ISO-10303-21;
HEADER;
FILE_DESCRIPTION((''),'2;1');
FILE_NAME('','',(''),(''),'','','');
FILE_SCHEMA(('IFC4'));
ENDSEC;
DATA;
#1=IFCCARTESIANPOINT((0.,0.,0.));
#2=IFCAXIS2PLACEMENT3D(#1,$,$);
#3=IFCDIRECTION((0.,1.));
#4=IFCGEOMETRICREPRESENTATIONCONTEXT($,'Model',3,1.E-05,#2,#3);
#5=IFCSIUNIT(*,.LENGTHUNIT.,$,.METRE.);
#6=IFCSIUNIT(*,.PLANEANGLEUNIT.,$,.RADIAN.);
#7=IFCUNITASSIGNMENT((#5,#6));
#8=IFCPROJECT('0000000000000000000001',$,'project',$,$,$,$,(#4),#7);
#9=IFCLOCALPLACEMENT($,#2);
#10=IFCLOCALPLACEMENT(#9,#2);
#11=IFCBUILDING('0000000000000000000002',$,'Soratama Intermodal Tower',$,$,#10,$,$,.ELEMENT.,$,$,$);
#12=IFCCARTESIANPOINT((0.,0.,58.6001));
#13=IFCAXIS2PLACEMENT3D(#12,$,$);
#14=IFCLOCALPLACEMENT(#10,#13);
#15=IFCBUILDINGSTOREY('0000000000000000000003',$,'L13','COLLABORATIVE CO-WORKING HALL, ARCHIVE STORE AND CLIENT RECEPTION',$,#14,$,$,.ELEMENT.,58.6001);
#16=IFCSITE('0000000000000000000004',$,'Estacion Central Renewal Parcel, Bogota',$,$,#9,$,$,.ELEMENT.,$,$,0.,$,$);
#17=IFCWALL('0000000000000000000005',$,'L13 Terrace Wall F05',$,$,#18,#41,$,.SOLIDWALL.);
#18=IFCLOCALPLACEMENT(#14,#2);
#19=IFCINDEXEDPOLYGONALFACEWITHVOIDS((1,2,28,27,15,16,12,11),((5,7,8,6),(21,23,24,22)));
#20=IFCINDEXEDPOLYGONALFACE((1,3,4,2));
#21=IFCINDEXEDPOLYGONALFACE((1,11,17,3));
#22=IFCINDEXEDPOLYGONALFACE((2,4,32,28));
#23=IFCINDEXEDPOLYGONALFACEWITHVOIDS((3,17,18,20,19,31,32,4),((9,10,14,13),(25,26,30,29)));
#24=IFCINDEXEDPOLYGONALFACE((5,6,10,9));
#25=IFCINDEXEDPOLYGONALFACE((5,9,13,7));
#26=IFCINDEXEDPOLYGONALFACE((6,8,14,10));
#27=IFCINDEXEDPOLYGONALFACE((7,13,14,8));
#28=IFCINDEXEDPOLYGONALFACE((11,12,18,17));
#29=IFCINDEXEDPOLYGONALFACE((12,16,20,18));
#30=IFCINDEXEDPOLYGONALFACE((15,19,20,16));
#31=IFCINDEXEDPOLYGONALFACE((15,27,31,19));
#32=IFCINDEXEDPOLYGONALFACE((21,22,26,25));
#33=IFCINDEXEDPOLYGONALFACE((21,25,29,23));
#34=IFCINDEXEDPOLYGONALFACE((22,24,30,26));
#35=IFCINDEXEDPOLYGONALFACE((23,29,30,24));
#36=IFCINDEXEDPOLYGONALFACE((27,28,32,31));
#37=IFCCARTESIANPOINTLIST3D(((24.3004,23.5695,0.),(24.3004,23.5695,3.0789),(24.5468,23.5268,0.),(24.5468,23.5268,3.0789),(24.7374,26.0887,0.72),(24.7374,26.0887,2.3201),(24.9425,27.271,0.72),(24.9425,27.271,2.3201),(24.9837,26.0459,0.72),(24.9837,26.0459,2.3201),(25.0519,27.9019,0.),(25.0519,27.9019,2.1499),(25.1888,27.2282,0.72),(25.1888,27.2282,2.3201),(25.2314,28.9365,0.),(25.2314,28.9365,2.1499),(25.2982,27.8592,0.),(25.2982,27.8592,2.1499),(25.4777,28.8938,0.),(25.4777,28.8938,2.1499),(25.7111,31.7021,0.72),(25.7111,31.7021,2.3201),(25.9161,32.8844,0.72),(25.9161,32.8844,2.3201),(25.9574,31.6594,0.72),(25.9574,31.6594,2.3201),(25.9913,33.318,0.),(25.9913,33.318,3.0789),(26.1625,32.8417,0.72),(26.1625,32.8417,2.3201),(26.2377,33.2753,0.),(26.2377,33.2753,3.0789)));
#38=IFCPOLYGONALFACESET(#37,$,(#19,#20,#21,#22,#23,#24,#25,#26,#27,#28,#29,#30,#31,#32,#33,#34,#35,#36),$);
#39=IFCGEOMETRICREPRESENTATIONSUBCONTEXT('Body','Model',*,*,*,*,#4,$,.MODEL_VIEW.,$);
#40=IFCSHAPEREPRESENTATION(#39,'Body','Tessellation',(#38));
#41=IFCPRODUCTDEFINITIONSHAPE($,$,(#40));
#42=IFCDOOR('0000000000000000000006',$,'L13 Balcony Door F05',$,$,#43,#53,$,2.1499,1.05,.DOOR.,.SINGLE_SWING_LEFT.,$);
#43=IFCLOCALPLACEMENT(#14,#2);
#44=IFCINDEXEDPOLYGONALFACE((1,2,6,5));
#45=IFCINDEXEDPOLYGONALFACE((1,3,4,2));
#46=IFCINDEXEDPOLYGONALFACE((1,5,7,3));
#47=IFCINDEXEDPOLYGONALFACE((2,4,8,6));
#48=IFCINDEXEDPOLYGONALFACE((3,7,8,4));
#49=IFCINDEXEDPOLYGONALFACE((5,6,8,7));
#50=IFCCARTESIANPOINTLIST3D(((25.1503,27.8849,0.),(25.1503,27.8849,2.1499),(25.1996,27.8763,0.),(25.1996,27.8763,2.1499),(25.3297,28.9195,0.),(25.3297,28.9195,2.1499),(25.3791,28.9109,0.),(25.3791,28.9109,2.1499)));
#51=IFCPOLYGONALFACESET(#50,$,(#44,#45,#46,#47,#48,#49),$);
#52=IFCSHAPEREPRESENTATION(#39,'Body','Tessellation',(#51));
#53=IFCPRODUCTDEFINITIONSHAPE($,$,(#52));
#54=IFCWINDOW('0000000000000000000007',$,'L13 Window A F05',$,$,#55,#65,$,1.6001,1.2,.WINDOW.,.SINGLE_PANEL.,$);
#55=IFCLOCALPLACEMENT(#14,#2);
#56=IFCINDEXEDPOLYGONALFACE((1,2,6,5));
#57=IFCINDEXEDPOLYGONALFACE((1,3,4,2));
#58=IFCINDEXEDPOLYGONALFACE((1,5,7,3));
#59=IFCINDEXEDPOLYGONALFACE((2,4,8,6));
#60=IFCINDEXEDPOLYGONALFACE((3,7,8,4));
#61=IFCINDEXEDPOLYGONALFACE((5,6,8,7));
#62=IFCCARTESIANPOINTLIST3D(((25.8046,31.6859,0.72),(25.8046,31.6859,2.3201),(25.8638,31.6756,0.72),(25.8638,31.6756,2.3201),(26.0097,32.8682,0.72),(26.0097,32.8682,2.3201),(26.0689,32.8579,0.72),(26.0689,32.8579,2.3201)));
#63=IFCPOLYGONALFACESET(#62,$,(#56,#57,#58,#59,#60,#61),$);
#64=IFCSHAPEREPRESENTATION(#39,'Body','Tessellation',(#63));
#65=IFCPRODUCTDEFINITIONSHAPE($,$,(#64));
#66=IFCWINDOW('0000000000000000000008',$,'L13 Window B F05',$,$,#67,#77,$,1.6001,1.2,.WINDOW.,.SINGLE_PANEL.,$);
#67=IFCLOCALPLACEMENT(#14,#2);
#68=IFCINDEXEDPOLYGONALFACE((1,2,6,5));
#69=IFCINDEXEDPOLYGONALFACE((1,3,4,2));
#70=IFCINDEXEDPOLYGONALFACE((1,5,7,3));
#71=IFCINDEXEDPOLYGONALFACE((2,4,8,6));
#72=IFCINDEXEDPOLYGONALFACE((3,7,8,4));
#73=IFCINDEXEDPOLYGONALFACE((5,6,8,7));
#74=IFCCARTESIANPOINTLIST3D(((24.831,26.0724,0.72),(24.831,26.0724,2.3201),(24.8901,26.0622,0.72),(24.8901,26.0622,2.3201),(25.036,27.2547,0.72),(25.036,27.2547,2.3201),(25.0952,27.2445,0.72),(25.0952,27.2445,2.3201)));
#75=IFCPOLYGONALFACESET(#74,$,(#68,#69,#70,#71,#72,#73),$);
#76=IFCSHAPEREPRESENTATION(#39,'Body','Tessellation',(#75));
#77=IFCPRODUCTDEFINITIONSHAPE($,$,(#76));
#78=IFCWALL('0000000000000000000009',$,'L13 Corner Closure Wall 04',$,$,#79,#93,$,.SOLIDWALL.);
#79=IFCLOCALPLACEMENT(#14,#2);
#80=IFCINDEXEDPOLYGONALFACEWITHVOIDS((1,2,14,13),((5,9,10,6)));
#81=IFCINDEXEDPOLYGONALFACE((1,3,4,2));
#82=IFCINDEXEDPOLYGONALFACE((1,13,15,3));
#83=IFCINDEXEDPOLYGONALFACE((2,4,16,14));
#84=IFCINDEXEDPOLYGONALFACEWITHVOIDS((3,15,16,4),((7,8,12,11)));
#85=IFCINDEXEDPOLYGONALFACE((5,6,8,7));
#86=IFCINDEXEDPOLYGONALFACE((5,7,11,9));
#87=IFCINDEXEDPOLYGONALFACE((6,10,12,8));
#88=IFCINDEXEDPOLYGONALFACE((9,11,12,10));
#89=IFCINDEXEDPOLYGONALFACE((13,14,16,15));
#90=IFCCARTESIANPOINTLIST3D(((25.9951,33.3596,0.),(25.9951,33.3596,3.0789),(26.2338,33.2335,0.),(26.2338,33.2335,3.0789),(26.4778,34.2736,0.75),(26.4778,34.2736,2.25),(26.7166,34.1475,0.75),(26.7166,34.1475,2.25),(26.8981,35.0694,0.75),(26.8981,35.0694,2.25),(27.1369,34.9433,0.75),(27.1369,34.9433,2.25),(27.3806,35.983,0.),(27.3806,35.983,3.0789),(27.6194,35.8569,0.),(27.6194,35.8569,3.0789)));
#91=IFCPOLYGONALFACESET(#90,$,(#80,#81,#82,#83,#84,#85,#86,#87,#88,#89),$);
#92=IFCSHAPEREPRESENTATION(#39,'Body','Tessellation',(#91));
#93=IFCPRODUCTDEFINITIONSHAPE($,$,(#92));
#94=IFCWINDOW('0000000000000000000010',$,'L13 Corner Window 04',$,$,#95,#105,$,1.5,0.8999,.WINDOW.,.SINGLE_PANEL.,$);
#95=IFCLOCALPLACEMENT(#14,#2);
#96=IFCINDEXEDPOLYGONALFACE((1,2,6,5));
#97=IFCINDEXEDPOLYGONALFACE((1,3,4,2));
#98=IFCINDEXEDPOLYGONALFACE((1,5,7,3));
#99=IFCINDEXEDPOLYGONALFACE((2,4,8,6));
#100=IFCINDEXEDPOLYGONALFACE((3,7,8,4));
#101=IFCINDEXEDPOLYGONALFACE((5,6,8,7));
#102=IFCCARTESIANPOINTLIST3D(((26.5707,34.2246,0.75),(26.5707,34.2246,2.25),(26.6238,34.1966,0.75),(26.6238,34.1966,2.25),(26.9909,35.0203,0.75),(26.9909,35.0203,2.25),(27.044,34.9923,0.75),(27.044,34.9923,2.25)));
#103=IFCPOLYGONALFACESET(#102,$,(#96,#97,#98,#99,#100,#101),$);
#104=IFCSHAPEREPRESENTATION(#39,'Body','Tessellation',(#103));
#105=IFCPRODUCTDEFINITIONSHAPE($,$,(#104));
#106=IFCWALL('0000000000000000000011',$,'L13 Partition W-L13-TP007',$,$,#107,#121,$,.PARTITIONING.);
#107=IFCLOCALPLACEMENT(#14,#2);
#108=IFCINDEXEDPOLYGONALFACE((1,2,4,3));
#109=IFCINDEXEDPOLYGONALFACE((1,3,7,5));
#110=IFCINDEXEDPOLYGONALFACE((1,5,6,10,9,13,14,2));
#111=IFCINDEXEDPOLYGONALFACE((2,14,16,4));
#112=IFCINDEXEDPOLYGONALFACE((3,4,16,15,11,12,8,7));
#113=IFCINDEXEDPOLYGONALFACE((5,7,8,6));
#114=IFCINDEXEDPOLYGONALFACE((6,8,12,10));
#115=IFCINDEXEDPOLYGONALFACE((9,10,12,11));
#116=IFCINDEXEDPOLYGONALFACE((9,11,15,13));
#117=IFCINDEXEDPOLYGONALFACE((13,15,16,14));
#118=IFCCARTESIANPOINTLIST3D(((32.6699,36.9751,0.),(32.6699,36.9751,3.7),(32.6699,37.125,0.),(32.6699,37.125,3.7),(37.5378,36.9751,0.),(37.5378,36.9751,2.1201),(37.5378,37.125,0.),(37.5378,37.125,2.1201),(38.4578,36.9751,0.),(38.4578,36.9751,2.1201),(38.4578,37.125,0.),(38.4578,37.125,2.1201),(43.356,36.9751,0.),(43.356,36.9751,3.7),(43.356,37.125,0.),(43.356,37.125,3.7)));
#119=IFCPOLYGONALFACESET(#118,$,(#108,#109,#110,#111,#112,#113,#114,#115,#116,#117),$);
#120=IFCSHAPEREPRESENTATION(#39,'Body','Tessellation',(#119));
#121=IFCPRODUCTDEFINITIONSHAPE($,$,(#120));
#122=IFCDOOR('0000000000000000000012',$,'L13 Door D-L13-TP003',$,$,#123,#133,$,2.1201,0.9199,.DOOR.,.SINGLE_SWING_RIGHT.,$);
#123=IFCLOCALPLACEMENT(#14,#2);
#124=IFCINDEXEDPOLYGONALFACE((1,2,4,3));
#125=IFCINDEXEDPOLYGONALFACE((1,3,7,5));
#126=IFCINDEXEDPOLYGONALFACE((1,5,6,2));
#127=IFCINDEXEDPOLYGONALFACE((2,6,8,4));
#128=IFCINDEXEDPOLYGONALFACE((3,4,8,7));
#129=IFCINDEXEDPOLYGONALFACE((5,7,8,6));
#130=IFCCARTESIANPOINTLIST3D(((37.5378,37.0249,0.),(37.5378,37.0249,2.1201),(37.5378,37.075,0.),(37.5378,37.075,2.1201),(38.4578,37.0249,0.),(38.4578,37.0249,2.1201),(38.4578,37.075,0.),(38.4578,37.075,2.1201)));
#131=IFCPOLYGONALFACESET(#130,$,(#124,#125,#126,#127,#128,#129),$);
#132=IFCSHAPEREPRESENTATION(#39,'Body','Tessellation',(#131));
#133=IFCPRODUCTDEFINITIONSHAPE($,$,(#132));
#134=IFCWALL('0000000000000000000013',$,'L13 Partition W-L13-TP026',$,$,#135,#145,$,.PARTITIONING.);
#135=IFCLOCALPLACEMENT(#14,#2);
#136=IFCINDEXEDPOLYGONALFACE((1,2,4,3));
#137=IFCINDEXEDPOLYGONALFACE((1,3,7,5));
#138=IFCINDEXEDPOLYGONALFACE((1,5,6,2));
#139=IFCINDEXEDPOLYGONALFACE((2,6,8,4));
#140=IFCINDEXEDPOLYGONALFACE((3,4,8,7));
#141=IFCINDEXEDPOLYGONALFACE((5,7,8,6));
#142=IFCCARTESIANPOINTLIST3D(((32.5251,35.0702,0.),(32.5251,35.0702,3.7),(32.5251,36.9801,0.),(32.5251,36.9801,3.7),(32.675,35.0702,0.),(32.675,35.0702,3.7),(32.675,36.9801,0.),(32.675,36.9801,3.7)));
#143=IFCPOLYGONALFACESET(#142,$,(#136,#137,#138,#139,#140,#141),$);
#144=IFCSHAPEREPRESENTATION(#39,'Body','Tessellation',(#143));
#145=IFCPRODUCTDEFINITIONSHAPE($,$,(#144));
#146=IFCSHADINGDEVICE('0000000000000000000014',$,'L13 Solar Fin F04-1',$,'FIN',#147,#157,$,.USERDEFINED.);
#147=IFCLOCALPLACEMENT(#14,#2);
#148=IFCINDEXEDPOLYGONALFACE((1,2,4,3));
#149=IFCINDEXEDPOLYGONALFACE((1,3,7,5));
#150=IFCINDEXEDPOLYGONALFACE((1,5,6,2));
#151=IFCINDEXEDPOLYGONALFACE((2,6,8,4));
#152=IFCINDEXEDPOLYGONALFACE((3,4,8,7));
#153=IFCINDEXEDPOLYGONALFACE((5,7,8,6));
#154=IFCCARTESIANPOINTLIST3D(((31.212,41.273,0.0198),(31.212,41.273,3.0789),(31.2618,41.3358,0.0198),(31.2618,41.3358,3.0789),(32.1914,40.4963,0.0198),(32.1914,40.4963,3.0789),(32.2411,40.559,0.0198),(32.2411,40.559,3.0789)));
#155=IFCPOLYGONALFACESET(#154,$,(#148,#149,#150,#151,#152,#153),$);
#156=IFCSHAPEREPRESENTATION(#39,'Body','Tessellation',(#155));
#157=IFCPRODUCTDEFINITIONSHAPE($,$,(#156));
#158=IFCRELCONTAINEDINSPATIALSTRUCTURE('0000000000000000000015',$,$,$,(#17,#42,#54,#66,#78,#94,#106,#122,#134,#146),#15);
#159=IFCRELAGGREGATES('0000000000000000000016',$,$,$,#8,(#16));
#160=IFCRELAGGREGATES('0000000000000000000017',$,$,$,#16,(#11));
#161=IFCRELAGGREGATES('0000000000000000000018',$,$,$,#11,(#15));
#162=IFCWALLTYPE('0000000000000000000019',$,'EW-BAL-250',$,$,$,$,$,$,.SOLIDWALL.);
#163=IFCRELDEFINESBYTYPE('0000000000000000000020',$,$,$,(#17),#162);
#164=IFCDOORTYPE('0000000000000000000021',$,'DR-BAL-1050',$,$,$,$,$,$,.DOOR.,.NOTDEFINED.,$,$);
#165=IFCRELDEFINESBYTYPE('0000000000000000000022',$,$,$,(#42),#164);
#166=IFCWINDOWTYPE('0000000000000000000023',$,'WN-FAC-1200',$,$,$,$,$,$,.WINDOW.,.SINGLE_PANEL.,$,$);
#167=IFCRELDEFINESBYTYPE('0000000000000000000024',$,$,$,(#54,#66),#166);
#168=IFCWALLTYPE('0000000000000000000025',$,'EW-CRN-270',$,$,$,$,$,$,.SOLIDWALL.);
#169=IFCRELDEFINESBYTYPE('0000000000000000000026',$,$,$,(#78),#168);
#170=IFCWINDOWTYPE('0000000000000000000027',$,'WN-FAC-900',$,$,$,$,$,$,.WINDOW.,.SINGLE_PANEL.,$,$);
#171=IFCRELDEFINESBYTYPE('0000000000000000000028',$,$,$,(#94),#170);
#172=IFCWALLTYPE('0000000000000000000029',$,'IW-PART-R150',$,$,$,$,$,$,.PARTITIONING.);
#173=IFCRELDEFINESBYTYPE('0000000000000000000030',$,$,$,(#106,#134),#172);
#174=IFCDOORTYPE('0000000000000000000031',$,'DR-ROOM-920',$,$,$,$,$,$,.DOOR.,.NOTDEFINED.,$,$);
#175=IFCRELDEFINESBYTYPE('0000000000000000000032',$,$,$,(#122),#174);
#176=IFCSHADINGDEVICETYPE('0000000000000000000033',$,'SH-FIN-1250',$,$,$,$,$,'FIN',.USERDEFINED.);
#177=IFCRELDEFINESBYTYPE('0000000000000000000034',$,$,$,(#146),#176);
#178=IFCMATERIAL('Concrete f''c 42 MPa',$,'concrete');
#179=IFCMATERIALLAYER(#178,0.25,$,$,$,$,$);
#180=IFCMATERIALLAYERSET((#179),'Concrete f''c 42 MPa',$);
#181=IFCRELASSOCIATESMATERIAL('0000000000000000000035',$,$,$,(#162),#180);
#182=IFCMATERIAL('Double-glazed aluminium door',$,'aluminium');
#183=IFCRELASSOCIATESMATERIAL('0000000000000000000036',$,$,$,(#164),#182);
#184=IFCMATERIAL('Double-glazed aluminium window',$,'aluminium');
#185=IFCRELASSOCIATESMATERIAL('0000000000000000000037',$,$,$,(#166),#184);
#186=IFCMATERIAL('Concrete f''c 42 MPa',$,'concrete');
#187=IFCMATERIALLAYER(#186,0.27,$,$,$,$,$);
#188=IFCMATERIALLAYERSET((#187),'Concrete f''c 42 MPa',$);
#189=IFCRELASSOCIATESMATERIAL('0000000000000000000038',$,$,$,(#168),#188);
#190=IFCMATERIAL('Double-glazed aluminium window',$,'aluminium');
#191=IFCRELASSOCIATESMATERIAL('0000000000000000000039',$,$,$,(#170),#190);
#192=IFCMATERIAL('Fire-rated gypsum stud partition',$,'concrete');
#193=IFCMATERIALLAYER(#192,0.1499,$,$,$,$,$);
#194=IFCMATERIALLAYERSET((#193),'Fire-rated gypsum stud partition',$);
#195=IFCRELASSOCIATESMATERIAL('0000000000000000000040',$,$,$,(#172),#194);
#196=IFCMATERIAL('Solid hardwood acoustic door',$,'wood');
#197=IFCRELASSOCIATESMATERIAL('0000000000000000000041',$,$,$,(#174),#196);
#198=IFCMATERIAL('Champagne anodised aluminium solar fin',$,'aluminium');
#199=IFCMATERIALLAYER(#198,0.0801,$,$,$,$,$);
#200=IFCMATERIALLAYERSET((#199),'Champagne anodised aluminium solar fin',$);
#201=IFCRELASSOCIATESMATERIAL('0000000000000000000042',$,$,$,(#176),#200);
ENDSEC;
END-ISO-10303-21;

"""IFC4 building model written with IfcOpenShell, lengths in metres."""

from ifc_helpers import new_model, si_unit, direction, frame, frame_2d, origin, origin_2d, place, context, subcontext, project, spatial, rectangle, extrude, material, layer, layer_set, type_object, element, fill, save


model = new_model("IFC4")

# Units and contexts
model_context = context("Model", 3, precision=1e-05, world=origin(), true_north=direction((0.0, 1.0)))
body_context = subcontext(model_context, "Body", "Model", "MODEL_VIEW")
ifc_project = project(units=[si_unit("LENGTHUNIT", "METRE"), si_unit("PLANEANGLEUNIT", "RADIAN")], contexts=[model_context])

# Site, building, storey
site_placement = place(None, origin())
site = spatial("IfcSite", under=ifc_project, at=site_placement, Name="Estacion Central Renewal Parcel, Bogota", CompositionType="ELEMENT", RefElevation=0.0)
building_placement = place(site_placement, origin())
building = spatial("IfcBuilding", under=site, at=building_placement, Name="Soratama Intermodal Tower", CompositionType="ELEMENT")
storey_placement = place(building_placement, frame((0.0, 0.0, 58.6001)))
storey = spatial("IfcBuildingStorey", under=building, at=storey_placement, Name="L13", Description="COLLABORATIVE CO-WORKING HALL, ARCHIVE STORE AND CLIENT RECEPTION", CompositionType="ELEMENT", Elevation=58.6001)

# Wall, openings, door, windows
ifc_material_1 = material(Name="Concrete f'c 42 MPa", Category="concrete")
ifc_layer_1 = layer(ifc_material_1, 0.25)
ifc_layer_set_1 = layer_set([ifc_layer_1], Name="Concrete f'c 42 MPa")
wall_type_1 = type_object("IfcWallType", Name="EW-BAL-250", PredefinedType="SOLIDWALL", material=ifc_layer_set_1)
wall_1_placement = place(storey_placement, frame((26.1145, 33.2966, 0.0), z_axis=(0.0, 0.0, 1.0), x_axis=(-0.170902, -0.985288, 0.0)))
wall_1 = element("IfcWall", 1, at=wall_1_placement, inside=storey, type_object=wall_type_1, Name="L13 Terrace Wall F05", PredefinedType="SOLIDWALL", context=body_context, shape_type="SweptSolid", body=[
    extrude(rectangle(XDim=9.894, YDim=0.25, at=frame_2d((4.947, 0.0))), origin(), (0.0, 0.0, 1.0), 3.0789),
])
opening_1_placement = place(wall_1_placement, frame((4.447, 0.0, 0.0)))
opening_1 = element("IfcOpeningElement", 2, at=opening_1_placement, cuts=wall_1, PredefinedType="OPENING", context=body_context, shape_type="SweptSolid", body=[
    extrude(rectangle(XDim=1.05, YDim=2.1499, at=frame_2d((0.5249, 1.075))), frame((0.0, 0.135, 0.0), z_axis=(0.0, -1.0, 0.0), x_axis=(1.0, 0.0, 0.0)), (0.0, 0.0, 1.0), 0.27),
])
opening_2_placement = place(wall_1_placement, frame((0.4399, 0.0, 0.72)))
opening_2 = element("IfcOpeningElement", 3, at=opening_2_placement, cuts=wall_1, PredefinedType="OPENING", context=body_context, shape_type="SweptSolid", body=[
    extrude(rectangle(XDim=1.2, YDim=1.6001, at=frame_2d((0.6001, 0.8))), frame((0.0, 0.135, 0.0), z_axis=(0.0, -1.0, 0.0), x_axis=(1.0, 0.0, 0.0)), (0.0, 0.0, 1.0), 0.27),
])
opening_3_placement = place(wall_1_placement, frame((6.1372, 0.0, 0.72)))
opening_3 = element("IfcOpeningElement", 4, at=opening_3_placement, cuts=wall_1, PredefinedType="OPENING", context=body_context, shape_type="SweptSolid", body=[
    extrude(rectangle(XDim=1.2, YDim=1.6001, at=frame_2d((0.6001, 0.8))), frame((0.0, 0.135, 0.0), z_axis=(0.0, -1.0, 0.0), x_axis=(1.0, 0.0, 0.0)), (0.0, 0.0, 1.0), 0.27),
])
ifc_material_2 = material(Name="Double-glazed aluminium door", Category="aluminium")
door_type_1 = type_object("IfcDoorType", Name="DR-BAL-1050", OperationType="NOTDEFINED", PredefinedType="DOOR", material=ifc_material_2)
door_1_placement = place(opening_1_placement, origin())
door_1 = element("IfcDoor", 5, at=door_1_placement, inside=storey, type_object=door_type_1, Name="L13 Balcony Door F05", OperationType="SINGLE_SWING_LEFT", OverallHeight=2.1499, OverallWidth=1.05, PredefinedType="DOOR", context=body_context, shape_type="SweptSolid", body=[
    extrude(rectangle(XDim=1.05, YDim=2.1499, at=frame_2d((0.5249, 1.075))), frame((0.0, 0.0249, 0.0), z_axis=(0.0, -1.0, 0.0), x_axis=(1.0, 0.0, 0.0)), (0.0, 0.0, 1.0), 0.05),
])
fill(opening_1, door_1)
ifc_material_3 = material(Name="Double-glazed aluminium window", Category="aluminium")
window_type_1 = type_object("IfcWindowType", Name="WN-FAC-1200", PartitioningType="SINGLE_PANEL", PredefinedType="WINDOW", material=ifc_material_3)
window_1_placement = place(opening_2_placement, origin())
window_1 = element("IfcWindow", 6, at=window_1_placement, inside=storey, type_object=window_type_1, Name="L13 Window A F05", OverallHeight=1.6001, OverallWidth=1.2, PartitioningType="SINGLE_PANEL", PredefinedType="WINDOW", context=body_context, shape_type="SweptSolid", body=[
    extrude(rectangle(XDim=1.2, YDim=1.6001, at=frame_2d((0.6001, 0.8))), frame((0.0, 0.03, 0.0), z_axis=(0.0, -1.0, 0.0), x_axis=(1.0, 0.0, 0.0)), (0.0, 0.0, 1.0), 0.0601),
])
fill(opening_2, window_1)
window_2_placement = place(opening_3_placement, origin())
window_2 = element("IfcWindow", 7, at=window_2_placement, inside=storey, type_object=window_type_1, Name="L13 Window B F05", OverallHeight=1.6001, OverallWidth=1.2, PartitioningType="SINGLE_PANEL", PredefinedType="WINDOW", context=body_context, shape_type="SweptSolid", body=[
    extrude(rectangle(XDim=1.2, YDim=1.6001, at=frame_2d((0.6001, 0.8))), frame((0.0, 0.03, 0.0), z_axis=(0.0, -1.0, 0.0), x_axis=(1.0, 0.0, 0.0)), (0.0, 0.0, 1.0), 0.0601),
])
fill(opening_3, window_2)

# Wall, opening, window
ifc_material_4 = material(Name="Concrete f'c 42 MPa", Category="concrete")
ifc_layer_2 = layer(ifc_material_4, 0.27)
ifc_layer_set_2 = layer_set([ifc_layer_2], Name="Concrete f'c 42 MPa")
wall_type_2 = type_object("IfcWallType", Name="EW-CRN-270", PredefinedType="SOLIDWALL", material=ifc_layer_set_2)
wall_2_placement = place(storey_placement, frame((27.5, 35.9199, 0.0), z_axis=(0.0, 0.0, 1.0), x_axis=(-0.467018, -0.884248, 0.0)))
wall_2 = element("IfcWall", 8, at=wall_2_placement, inside=storey, type_object=wall_type_2, Name="L13 Corner Closure Wall 04", PredefinedType="SOLIDWALL", context=body_context, shape_type="SweptSolid", body=[
    extrude(rectangle(XDim=2.9668, YDim=0.27, at=frame_2d((1.4834, 0.0))), origin(), (0.0, 0.0, 1.0), 3.0789),
])
opening_4_placement = place(wall_2_placement, frame((1.0332, 0.0, 0.75)))
opening_4 = element("IfcOpeningElement", 9, at=opening_4_placement, cuts=wall_2, PredefinedType="OPENING", context=body_context, shape_type="SweptSolid", body=[
    extrude(rectangle(XDim=0.8999, YDim=1.5, at=frame_2d((0.45, 0.75))), frame((0.0, 0.145, 0.0), z_axis=(0.0, -1.0, 0.0), x_axis=(1.0, 0.0, 0.0)), (0.0, 0.0, 1.0), 0.29),
])
ifc_material_5 = material(Name="Double-glazed aluminium window", Category="aluminium")
window_type_2 = type_object("IfcWindowType", Name="WN-FAC-900", PartitioningType="SINGLE_PANEL", PredefinedType="WINDOW", material=ifc_material_5)
window_3_placement = place(opening_4_placement, origin())
window_3 = element("IfcWindow", 10, at=window_3_placement, inside=storey, type_object=window_type_2, Name="L13 Corner Window 04", OverallHeight=1.5, OverallWidth=0.8999, PartitioningType="SINGLE_PANEL", PredefinedType="WINDOW", context=body_context, shape_type="SweptSolid", body=[
    extrude(rectangle(XDim=0.8999, YDim=1.5, at=frame_2d((0.45, 0.75))), frame((0.0, 0.03, 0.0), z_axis=(0.0, -1.0, 0.0), x_axis=(1.0, 0.0, 0.0)), (0.0, 0.0, 1.0), 0.0601),
])
fill(opening_4, window_3)

# Wall, opening, door
ifc_material_6 = material(Name="Fire-rated gypsum stud partition", Category="concrete")
ifc_layer_3 = layer(ifc_material_6, 0.1499)
ifc_layer_set_3 = layer_set([ifc_layer_3], Name="Fire-rated gypsum stud partition")
wall_type_3 = type_object("IfcWallType", Name="IW-PART-R150", PredefinedType="PARTITIONING", material=ifc_layer_set_3)
wall_3_placement = place(storey_placement, frame((32.6699, 37.05, 0.0), z_axis=(0.0, 0.0, 1.0), x_axis=(1.0, 0.0, 0.0)))
wall_3 = element("IfcWall", 11, at=wall_3_placement, inside=storey, type_object=wall_type_3, Name="L13 Partition W-L13-TP007", PredefinedType="PARTITIONING", context=body_context, shape_type="SweptSolid", body=[
    extrude(rectangle(XDim=10.686, YDim=0.1499, at=frame_2d((5.343, 0.0))), origin(), (0.0, 0.0, 1.0), 3.7),
])
opening_5_placement = place(wall_3_placement, frame((4.8679, 0.0, 0.0)))
opening_5 = element("IfcOpeningElement", 12, at=opening_5_placement, cuts=wall_3, PredefinedType="OPENING", context=body_context, shape_type="SweptSolid", body=[
    extrude(rectangle(XDim=0.9199, YDim=2.1201, at=frame_2d((0.46, 1.0601))), frame((0.0, 0.085, 0.0), z_axis=(0.0, -1.0, 0.0), x_axis=(1.0, 0.0, 0.0)), (0.0, 0.0, 1.0), 0.1699),
])
ifc_material_7 = material(Name="Solid hardwood acoustic door", Category="wood")
door_type_2 = type_object("IfcDoorType", Name="DR-ROOM-920", OperationType="NOTDEFINED", PredefinedType="DOOR", material=ifc_material_7)
door_2_placement = place(opening_5_placement, origin())
door_2 = element("IfcDoor", 13, at=door_2_placement, inside=storey, type_object=door_type_2, Name="L13 Door D-L13-TP003", OperationType="SINGLE_SWING_RIGHT", OverallHeight=2.1201, OverallWidth=0.9199, PredefinedType="DOOR", context=body_context, shape_type="SweptSolid", body=[
    extrude(rectangle(XDim=0.9199, YDim=2.1201, at=frame_2d((0.46, 1.0601))), frame((0.0, 0.0249, 0.0), z_axis=(0.0, -1.0, 0.0), x_axis=(1.0, 0.0, 0.0)), (0.0, 0.0, 1.0), 0.05),
])
fill(opening_5, door_2)

# Wall
wall_4_placement = place(storey_placement, frame((32.6001, 35.0701, 0.0), z_axis=(0.0, 0.0, 1.0), x_axis=(0.0, 1.0, 0.0)))
element("IfcWall", 14, at=wall_4_placement, inside=storey, type_object=wall_type_3, Name="L13 Partition W-L13-TP026", PredefinedType="PARTITIONING", context=body_context, shape_type="SweptSolid", body=[
    extrude(rectangle(XDim=1.9099, YDim=0.1499, at=frame_2d((0.9551, 0.0))), origin(), (0.0, 0.0, 1.0), 3.7),
])

# Shading device
ifc_material_8 = material(Name="Champagne anodised aluminium solar fin", Category="aluminium")
ifc_layer_4 = layer(ifc_material_8, 0.0801)
ifc_layer_set_4 = layer_set([ifc_layer_4], Name="Champagne anodised aluminium solar fin")
shading_device_type = type_object("IfcShadingDeviceType", Name="SH-FIN-1250", ElementType="FIN", PredefinedType="USERDEFINED", material=ifc_layer_set_4)
for number, where, z_axis, x_axis, name in (
    (15, (31.7266, 40.916, 0.0198), (0.0, 0.0, 1.0), (-0.783477, 0.621421, 0.0), "L13 Solar Fin F04-1"),
):
    element("IfcShadingDevice", number, at=place(storey_placement, frame(where, z_axis=z_axis, x_axis=x_axis)), inside=storey, type_object=shading_device_type, Name=name, ObjectType="FIN", PredefinedType="USERDEFINED", context=body_context, shape_type="SweptSolid", body=[
        extrude(rectangle(XDim=1.25, YDim=0.0801, at=origin_2d()), origin(), (0.0, 0.0, 1.0), 3.0591),
    ])

save(model, "model.ifc")
